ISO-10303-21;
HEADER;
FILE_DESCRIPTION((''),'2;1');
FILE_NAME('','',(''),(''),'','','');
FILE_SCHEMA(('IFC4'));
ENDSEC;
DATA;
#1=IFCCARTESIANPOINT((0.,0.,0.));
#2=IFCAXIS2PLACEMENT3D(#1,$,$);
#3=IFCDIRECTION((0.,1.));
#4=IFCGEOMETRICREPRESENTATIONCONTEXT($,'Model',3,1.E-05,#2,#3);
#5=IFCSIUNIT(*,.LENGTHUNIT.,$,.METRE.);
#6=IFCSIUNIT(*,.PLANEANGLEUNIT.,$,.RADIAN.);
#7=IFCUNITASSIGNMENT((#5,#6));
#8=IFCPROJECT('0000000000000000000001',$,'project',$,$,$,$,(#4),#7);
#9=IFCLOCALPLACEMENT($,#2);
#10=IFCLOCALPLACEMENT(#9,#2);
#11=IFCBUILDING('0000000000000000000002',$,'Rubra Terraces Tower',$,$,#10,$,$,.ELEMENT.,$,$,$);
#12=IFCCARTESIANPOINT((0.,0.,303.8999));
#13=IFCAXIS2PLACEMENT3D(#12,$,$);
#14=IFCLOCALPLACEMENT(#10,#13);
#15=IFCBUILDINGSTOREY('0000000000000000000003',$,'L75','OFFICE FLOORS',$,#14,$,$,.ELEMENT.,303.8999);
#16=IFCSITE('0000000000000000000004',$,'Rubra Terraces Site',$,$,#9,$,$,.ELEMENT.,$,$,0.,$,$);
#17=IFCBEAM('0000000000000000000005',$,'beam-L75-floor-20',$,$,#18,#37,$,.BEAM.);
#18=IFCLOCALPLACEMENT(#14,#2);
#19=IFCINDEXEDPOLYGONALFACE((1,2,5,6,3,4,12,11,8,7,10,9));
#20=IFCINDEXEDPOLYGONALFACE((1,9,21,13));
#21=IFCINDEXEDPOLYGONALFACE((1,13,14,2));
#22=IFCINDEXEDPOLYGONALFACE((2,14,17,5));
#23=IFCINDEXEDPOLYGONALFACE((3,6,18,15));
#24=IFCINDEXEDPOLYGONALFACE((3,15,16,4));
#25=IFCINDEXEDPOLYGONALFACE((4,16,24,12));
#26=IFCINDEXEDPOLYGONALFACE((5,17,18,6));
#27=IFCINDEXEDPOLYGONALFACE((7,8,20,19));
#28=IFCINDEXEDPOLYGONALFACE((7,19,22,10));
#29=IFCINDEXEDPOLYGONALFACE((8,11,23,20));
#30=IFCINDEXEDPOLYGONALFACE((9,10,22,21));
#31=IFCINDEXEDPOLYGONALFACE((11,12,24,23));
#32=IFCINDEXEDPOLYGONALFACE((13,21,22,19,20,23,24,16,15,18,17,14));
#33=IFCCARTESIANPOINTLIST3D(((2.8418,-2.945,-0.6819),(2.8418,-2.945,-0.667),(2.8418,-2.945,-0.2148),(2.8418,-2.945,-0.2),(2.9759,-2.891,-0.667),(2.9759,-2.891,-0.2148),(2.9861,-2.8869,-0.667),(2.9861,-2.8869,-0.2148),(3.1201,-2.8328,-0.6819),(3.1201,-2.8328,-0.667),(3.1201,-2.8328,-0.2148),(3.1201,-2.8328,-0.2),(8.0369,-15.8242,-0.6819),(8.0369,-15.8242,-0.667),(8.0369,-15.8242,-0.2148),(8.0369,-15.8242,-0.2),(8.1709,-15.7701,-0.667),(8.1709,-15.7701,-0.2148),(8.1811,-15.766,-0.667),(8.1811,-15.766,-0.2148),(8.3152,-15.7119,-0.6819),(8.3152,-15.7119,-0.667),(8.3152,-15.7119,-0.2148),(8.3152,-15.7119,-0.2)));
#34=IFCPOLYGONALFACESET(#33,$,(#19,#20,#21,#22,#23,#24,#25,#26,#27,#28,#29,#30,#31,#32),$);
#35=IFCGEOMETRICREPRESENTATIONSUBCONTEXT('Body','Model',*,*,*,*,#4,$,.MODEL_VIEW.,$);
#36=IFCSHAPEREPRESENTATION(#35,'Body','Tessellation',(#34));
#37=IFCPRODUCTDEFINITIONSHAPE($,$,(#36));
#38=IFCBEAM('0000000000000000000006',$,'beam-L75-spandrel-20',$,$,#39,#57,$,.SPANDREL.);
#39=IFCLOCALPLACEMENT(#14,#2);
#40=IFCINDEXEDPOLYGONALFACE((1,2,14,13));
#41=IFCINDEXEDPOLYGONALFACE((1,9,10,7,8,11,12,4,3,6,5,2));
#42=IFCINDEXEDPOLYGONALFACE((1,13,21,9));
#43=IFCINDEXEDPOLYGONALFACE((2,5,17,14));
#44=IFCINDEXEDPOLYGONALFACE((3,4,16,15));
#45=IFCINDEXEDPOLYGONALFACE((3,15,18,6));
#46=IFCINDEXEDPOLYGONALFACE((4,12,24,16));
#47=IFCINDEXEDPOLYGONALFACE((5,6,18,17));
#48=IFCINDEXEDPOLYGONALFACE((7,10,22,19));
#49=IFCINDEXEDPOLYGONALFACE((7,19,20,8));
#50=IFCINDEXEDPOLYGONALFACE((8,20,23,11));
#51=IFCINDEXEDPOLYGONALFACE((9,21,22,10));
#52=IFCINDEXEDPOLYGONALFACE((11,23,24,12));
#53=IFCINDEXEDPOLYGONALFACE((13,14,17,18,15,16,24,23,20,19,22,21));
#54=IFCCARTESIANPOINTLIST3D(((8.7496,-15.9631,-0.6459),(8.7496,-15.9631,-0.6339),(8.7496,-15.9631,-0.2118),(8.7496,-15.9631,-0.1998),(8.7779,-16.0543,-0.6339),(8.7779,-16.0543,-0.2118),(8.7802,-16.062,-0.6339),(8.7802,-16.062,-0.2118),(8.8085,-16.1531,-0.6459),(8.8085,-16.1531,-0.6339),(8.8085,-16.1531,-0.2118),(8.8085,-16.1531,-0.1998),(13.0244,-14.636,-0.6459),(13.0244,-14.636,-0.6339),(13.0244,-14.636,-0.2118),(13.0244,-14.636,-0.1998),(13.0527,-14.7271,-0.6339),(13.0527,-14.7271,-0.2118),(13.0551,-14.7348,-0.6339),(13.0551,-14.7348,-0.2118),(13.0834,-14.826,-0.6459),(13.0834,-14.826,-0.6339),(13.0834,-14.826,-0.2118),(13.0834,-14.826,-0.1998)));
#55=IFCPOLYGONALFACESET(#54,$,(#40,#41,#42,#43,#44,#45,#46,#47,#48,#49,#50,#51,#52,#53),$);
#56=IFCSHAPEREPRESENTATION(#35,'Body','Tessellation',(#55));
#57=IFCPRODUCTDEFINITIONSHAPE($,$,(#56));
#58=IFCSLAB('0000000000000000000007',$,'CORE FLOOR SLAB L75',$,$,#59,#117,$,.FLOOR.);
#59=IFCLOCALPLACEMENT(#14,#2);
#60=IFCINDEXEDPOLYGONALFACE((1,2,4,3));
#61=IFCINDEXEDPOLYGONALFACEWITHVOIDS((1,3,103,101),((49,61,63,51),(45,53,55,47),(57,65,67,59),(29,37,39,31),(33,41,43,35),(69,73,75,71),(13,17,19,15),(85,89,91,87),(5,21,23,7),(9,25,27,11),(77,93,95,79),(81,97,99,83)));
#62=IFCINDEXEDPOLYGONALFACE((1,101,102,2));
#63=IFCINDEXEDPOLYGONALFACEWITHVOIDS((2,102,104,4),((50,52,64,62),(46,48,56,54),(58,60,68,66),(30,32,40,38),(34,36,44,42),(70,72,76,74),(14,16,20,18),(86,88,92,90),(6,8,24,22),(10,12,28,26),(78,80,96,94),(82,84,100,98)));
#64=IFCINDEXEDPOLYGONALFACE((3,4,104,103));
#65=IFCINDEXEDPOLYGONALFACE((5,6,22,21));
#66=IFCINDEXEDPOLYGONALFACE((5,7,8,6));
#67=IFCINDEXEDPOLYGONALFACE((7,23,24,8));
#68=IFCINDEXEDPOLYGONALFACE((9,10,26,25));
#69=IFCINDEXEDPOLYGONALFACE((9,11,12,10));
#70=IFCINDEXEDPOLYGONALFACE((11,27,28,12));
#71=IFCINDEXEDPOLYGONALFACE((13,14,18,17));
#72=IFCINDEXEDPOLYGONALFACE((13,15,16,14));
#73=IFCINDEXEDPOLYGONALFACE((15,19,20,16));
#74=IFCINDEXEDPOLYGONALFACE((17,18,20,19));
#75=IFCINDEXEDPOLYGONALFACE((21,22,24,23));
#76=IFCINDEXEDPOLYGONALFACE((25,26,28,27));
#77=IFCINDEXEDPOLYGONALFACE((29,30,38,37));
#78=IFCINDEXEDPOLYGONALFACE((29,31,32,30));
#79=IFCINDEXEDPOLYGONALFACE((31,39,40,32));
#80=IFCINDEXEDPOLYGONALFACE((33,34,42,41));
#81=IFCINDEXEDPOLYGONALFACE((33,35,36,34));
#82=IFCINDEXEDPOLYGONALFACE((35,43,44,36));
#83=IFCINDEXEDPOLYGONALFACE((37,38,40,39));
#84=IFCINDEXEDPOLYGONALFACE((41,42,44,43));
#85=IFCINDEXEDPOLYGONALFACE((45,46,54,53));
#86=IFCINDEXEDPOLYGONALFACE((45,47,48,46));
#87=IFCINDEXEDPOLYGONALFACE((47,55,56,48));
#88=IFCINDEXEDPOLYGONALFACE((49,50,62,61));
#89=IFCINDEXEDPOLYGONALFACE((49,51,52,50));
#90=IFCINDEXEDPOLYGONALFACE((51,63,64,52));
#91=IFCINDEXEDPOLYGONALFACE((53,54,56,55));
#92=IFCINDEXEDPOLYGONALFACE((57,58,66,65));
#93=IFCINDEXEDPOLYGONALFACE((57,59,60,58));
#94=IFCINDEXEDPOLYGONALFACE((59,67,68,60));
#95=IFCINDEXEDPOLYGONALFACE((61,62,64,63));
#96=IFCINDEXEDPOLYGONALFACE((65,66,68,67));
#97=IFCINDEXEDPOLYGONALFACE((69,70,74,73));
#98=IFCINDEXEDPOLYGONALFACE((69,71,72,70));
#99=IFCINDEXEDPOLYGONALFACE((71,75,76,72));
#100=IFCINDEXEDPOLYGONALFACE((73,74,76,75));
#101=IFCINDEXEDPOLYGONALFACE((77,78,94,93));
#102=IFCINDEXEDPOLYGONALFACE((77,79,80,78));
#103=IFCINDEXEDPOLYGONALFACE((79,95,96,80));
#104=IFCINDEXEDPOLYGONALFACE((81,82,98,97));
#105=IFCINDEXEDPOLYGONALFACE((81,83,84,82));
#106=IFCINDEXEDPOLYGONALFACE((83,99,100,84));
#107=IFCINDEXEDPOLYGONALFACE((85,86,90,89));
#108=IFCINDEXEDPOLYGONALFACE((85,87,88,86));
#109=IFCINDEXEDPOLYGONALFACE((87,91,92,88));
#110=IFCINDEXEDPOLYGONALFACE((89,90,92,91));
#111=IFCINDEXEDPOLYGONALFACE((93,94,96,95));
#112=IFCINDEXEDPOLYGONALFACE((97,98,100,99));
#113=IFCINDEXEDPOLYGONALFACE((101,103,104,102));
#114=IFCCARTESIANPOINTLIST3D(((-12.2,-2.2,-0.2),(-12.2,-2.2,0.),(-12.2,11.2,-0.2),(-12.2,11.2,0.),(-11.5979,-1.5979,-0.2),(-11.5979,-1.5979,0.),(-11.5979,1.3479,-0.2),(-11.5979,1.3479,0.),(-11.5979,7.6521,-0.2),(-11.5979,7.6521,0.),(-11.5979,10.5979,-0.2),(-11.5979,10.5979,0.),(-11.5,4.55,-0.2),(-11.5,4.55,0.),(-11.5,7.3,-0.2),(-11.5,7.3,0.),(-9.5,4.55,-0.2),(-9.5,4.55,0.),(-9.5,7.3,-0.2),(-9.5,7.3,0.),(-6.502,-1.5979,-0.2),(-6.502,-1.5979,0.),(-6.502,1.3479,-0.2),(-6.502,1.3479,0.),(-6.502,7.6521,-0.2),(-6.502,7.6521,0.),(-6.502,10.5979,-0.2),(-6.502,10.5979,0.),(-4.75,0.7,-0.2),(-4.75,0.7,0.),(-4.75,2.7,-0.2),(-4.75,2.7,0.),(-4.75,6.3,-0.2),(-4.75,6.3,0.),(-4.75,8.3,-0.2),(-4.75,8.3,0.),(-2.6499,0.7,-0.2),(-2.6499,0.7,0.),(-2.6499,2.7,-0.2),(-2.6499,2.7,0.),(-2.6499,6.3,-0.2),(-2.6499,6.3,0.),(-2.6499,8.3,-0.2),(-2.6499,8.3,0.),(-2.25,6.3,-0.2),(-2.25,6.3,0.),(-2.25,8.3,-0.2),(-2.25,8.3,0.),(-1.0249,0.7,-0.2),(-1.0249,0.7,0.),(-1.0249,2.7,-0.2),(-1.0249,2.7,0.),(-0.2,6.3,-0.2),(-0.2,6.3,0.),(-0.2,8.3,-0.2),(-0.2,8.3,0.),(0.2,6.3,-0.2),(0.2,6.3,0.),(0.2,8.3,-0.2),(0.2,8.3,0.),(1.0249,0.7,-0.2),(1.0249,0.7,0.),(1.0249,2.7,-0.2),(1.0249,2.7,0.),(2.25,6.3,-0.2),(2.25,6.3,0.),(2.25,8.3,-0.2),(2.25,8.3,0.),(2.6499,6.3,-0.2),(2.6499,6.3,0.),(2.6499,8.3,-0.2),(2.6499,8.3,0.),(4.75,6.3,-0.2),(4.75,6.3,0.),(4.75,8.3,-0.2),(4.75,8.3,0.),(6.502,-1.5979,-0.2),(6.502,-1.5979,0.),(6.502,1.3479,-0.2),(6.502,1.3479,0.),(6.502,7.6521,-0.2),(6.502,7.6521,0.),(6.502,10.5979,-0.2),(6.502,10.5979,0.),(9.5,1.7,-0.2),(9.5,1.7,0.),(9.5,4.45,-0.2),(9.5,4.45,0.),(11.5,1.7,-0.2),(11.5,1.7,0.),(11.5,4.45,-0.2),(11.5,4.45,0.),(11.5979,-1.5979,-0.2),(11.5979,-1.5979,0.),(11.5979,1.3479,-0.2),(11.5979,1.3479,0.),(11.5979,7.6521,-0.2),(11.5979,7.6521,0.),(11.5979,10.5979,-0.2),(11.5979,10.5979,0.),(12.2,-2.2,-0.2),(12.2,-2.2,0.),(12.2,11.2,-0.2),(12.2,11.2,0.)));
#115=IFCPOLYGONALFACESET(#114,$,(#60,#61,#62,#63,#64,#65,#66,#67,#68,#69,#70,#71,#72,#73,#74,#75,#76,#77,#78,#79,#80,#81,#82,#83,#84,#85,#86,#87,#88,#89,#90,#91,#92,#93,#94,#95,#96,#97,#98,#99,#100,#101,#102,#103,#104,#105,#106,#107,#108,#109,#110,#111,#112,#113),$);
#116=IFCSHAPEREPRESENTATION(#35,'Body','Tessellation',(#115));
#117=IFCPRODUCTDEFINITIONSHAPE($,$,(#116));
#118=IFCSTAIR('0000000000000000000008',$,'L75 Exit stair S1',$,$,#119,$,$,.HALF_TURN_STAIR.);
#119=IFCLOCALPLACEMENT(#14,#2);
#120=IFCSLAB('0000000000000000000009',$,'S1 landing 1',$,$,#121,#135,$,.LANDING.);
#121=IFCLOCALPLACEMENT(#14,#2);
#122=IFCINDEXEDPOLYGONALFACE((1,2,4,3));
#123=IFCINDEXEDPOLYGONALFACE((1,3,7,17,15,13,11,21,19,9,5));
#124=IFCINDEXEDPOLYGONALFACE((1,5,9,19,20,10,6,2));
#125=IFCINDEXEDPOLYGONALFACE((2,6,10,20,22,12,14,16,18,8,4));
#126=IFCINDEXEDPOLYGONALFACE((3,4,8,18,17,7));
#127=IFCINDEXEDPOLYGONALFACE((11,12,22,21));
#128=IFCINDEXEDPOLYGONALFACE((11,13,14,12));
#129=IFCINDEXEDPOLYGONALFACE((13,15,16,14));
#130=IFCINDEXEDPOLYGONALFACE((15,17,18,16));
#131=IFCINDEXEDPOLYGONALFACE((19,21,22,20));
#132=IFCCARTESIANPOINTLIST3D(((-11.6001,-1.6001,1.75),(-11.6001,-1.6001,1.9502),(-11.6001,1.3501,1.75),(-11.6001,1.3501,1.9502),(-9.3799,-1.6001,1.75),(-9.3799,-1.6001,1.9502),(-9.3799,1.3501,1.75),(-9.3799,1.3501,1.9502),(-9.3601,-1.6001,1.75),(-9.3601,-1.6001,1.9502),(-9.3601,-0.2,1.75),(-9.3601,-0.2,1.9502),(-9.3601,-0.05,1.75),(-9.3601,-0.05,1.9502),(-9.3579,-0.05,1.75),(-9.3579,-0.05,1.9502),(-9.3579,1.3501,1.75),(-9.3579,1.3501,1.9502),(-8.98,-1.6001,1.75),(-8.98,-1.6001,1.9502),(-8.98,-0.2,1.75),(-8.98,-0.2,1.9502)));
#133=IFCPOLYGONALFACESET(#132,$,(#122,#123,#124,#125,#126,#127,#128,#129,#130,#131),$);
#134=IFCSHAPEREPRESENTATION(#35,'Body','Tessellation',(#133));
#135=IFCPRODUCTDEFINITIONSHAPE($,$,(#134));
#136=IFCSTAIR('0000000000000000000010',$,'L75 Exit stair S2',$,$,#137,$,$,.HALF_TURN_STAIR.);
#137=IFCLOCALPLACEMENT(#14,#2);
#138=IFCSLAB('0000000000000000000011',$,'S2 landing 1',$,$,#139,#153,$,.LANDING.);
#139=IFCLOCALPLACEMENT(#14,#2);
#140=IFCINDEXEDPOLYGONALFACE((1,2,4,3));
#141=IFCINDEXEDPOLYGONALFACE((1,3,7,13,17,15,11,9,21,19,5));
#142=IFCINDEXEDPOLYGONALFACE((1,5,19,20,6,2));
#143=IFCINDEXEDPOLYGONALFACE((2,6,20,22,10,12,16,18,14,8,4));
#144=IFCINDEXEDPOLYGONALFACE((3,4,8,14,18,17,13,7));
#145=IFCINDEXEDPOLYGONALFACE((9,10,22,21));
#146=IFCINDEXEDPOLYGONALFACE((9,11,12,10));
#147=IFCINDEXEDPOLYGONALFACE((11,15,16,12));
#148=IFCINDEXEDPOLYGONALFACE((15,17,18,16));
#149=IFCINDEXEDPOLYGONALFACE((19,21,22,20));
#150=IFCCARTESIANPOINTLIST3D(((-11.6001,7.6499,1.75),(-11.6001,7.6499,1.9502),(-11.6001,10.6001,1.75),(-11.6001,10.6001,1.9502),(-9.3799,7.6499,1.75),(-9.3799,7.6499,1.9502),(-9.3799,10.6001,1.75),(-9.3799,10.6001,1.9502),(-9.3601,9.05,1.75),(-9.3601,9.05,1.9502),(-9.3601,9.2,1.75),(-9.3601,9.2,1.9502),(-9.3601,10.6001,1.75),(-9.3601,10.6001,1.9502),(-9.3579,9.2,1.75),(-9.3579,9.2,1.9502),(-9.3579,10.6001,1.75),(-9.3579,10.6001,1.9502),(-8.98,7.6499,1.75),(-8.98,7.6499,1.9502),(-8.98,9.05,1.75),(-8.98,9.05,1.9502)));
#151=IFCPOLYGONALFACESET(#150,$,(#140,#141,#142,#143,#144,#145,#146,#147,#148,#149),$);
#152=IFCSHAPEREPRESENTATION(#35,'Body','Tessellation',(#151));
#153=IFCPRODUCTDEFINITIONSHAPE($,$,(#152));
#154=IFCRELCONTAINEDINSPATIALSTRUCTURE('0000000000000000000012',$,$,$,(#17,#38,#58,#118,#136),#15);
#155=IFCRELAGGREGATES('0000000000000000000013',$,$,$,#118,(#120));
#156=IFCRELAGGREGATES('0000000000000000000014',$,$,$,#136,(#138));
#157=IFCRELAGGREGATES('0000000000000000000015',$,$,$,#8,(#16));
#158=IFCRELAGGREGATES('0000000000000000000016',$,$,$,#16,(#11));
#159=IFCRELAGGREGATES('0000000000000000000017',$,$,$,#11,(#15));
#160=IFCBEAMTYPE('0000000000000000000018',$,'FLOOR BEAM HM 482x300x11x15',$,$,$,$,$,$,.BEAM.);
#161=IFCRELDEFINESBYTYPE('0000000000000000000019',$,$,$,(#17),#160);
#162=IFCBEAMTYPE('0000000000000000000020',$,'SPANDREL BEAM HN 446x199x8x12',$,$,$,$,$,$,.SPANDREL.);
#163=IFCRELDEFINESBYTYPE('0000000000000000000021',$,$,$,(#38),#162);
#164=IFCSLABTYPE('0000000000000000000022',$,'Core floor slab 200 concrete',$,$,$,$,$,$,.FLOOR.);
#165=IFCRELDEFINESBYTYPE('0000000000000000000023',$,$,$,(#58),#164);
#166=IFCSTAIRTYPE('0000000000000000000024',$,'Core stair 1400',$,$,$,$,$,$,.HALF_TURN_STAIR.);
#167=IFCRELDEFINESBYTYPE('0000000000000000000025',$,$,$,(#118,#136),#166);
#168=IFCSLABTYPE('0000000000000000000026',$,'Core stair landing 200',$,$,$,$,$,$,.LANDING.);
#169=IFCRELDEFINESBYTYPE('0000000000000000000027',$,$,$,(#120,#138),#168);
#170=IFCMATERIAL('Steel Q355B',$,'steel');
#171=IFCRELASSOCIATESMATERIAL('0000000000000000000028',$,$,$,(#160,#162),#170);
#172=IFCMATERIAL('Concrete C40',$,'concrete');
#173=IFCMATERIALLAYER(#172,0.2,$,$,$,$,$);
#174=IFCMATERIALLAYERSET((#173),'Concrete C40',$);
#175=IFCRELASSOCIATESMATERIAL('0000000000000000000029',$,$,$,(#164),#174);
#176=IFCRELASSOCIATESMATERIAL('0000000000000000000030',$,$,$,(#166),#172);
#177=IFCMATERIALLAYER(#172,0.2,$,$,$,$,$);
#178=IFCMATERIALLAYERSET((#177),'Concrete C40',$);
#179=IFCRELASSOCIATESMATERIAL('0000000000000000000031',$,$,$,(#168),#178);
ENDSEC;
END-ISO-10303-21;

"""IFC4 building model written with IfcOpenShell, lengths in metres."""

from ifc_helpers import new_model, si_unit, direction, frame, origin, origin_2d, place, context, subcontext, project, spatial, polyline, i_section, outline, extrude, material, layer, layer_set, material_profile, profile_set, type_object, element, aggregate, save


model = new_model("IFC4")

# Units and contexts
model_context = context("Model", 3, precision=1e-05, world=origin(), true_north=direction((0.0, 1.0)))
body_context = subcontext(model_context, "Body", "Model", "MODEL_VIEW")
ifc_project = project(units=[si_unit("LENGTHUNIT", "METRE"), si_unit("PLANEANGLEUNIT", "RADIAN")], contexts=[model_context])

# Site, building, storey
site_placement = place(None, origin())
site = spatial("IfcSite", under=ifc_project, at=site_placement, Name="Rubra Terraces Site", CompositionType="ELEMENT", RefElevation=0.0)
building_placement = place(site_placement, origin())
building = spatial("IfcBuilding", under=site, at=building_placement, Name="Rubra Terraces Tower", CompositionType="ELEMENT")
storey_placement = place(building_placement, frame((0.0, 0.0, 303.8999)))
storey = spatial("IfcBuildingStorey", under=building, at=storey_placement, Name="L75", Description="OFFICE FLOORS", CompositionType="ELEMENT", Elevation=303.8999)

# Beams
ifc_material_1 = material(Name="Steel Q355B", Category="steel")
ifc_material_profile_1 = material_profile(ifc_material_1, i_section(OverallWidth=0.3, OverallDepth=0.4819, WebThickness=0.011, FlangeThickness=0.0149, at=origin_2d()), Name="HM 482x300x11x15")
ifc_profile_set_1 = profile_set([ifc_material_profile_1], Name="Steel Q355B")
beam_type_1 = type_object("IfcBeamType", Name="FLOOR BEAM HM 482x300x11x15", PredefinedType="BEAM", material=ifc_profile_set_1)
beam_1_placement = place(storey_placement, frame((8.176, -15.7681, -0.4409), z_axis=(-0.374084, 0.927395, 0.0), x_axis=(-0.927395, -0.374084, 0.0)))
element("IfcBeam", 1, at=beam_1_placement, inside=storey, type_object=beam_type_1, Name="beam-L75-floor-20", PredefinedType="BEAM", context=body_context, shape_type="SweptSolid", body=[
    extrude(i_section(OverallWidth=0.3, OverallDepth=0.4819, WebThickness=0.011, FlangeThickness=0.0149, at=origin_2d()), origin(), (0.0, 0.0, 1.0), 13.8875),
])
ifc_material_profile_2 = material_profile(ifc_material_1, i_section(OverallWidth=0.199, OverallDepth=0.446, WebThickness=0.0081, FlangeThickness=0.012, at=origin_2d()), Name="HN 446x199x8x12")
ifc_profile_set_2 = profile_set([ifc_material_profile_2], Name="Steel Q355B")
beam_type_2 = type_object("IfcBeamType", Name="SPANDREL BEAM HN 446x199x8x12", PredefinedType="SPANDREL", material=ifc_profile_set_2)
beam_2_placement = place(storey_placement, frame((8.7791, -16.0581, -0.4229), z_axis=(0.955035, 0.296492, 0.0), x_axis=(-0.296492, 0.955035, 0.0)))
element("IfcBeam", 2, at=beam_2_placement, inside=storey, type_object=beam_type_2, Name="beam-L75-spandrel-20", PredefinedType="SPANDREL", context=body_context, shape_type="SweptSolid", body=[
    extrude(i_section(OverallWidth=0.199, OverallDepth=0.446, WebThickness=0.0081, FlangeThickness=0.012, at=origin_2d()), origin(), (0.0, 0.0, 1.0), 4.4761),
])

# Slab
ifc_material_2 = material(Name="Concrete C40", Category="concrete")
ifc_layer_1 = layer(ifc_material_2, 0.2)
ifc_layer_set_1 = layer_set([ifc_layer_1], Name="Concrete C40")
slab_type_1 = type_object("IfcSlabType", Name="Core floor slab 200 concrete", PredefinedType="FLOOR", material=ifc_layer_set_1)
slab_1_placement = place(storey_placement, frame((0.0, 0.0, -0.2)))
element("IfcSlab", 3, at=slab_1_placement, inside=storey, type_object=slab_type_1, Name="CORE FLOOR SLAB L75", PredefinedType="FLOOR", context=body_context, shape_type="SweptSolid", body=[
    extrude(outline(polyline([(-12.2, -2.2), (-12.2, 11.2), (12.2, 11.2), (12.2, -2.2), (-12.2, -2.2)]), holes=[polyline([(11.5979, 1.3479), (6.502, 1.3479), (6.502, -1.5979), (11.5979, -1.5979), (11.5979, 1.3479)]), polyline([(11.5979, 7.6521), (11.5979, 10.5979), (6.502, 10.5979), (6.502, 7.6521), (11.5979, 7.6521)]), polyline([(9.5, 1.7), (11.5, 1.7), (11.5, 4.45), (9.5, 4.45), (9.5, 1.7)]), polyline([(4.75, 6.3), (4.75, 8.3), (2.6499, 8.3), (2.6499, 6.3), (4.75, 6.3)]), polyline([(2.25, 8.3), (0.2, 8.3), (0.2, 6.3), (2.25, 6.3), (2.25, 8.3)]), polyline([(1.0249, 0.7), (1.0249, 2.7), (-1.0249, 2.7), (-1.0249, 0.7), (1.0249, 0.7)]), polyline([(-0.2, 6.3), (-0.2, 8.3), (-2.25, 8.3), (-2.25, 6.3), (-0.2, 6.3)]), polyline([(-4.75, 8.3), (-4.75, 6.3), (-2.6499, 6.3), (-2.6499, 8.3), (-4.75, 8.3)]), polyline([(-2.6499, 0.7), (-2.6499, 2.7), (-4.75, 2.7), (-4.75, 0.7), (-2.6499, 0.7)]), polyline([(-11.5979, -1.5979), (-6.502, -1.5979), (-6.502, 1.3479), (-11.5979, 1.3479), (-11.5979, -1.5979)]), polyline([(-11.5979, 10.5979), (-11.5979, 7.6521), (-6.502, 7.6521), (-6.502, 10.5979), (-11.5979, 10.5979)]), polyline([(-9.5, 4.55), (-9.5, 7.3), (-11.5, 7.3), (-11.5, 4.55), (-9.5, 4.55)])]), origin(), (0.0, 0.0, 1.0), 0.2),
])

# Stairs, slabs
stair_type = type_object("IfcStairType", Name="Core stair 1400", PredefinedType="HALF_TURN_STAIR", material=ifc_material_2)
stair_1_placement = place(storey_placement, origin())
stair_1 = element("IfcStair", 4, at=stair_1_placement, inside=storey, type_object=stair_type, Name="L75 Exit stair S1", PredefinedType="HALF_TURN_STAIR")
ifc_layer_2 = layer(ifc_material_2, 0.2)
ifc_layer_set_2 = layer_set([ifc_layer_2], Name="Concrete C40")
slab_type_2 = type_object("IfcSlabType", Name="Core stair landing 200", PredefinedType="LANDING", material=ifc_layer_set_2)
slab_2_placement = place(storey_placement, frame((0.0, 0.0, 1.75)))
slab_2 = element("IfcSlab", 5, at=slab_2_placement, type_object=slab_type_2, Name="S1 landing 1", PredefinedType="LANDING", context=body_context, shape_type="SweptSolid", body=[
    extrude(outline(polyline([(-8.98, -0.2), (-8.98, -1.6001), (-9.3601, -1.6001), (-9.3799, -1.6001), (-11.6001, -1.6001), (-11.6001, 1.3501), (-9.3799, 1.3501), (-9.3579, 1.3501), (-9.3579, -0.05), (-9.3601, -0.05), (-9.3601, -0.2), (-8.98, -0.2)])), origin(), (0.0, 0.0, 1.0), 0.2002),
])
aggregate(stair_1, [slab_2])
stair_2_placement = place(storey_placement, origin())
stair_2 = element("IfcStair", 6, at=stair_2_placement, inside=storey, type_object=stair_type, Name="L75 Exit stair S2", PredefinedType="HALF_TURN_STAIR")
slab_3_placement = place(storey_placement, frame((0.0, 0.0, 1.75)))
slab_3 = element("IfcSlab", 7, at=slab_3_placement, type_object=slab_type_2, Name="S2 landing 1", PredefinedType="LANDING", context=body_context, shape_type="SweptSolid", body=[
    extrude(outline(polyline([(-8.98, 9.05), (-8.98, 7.6499), (-9.3799, 7.6499), (-11.6001, 7.6499), (-11.6001, 10.6001), (-9.3799, 10.6001), (-9.3601, 10.6001), (-9.3579, 10.6001), (-9.3579, 9.2), (-9.3601, 9.2), (-9.3601, 9.05), (-8.98, 9.05)])), origin(), (0.0, 0.0, 1.0), 0.2002),
])
aggregate(stair_2, [slab_3])

save(model, "model.ifc")
